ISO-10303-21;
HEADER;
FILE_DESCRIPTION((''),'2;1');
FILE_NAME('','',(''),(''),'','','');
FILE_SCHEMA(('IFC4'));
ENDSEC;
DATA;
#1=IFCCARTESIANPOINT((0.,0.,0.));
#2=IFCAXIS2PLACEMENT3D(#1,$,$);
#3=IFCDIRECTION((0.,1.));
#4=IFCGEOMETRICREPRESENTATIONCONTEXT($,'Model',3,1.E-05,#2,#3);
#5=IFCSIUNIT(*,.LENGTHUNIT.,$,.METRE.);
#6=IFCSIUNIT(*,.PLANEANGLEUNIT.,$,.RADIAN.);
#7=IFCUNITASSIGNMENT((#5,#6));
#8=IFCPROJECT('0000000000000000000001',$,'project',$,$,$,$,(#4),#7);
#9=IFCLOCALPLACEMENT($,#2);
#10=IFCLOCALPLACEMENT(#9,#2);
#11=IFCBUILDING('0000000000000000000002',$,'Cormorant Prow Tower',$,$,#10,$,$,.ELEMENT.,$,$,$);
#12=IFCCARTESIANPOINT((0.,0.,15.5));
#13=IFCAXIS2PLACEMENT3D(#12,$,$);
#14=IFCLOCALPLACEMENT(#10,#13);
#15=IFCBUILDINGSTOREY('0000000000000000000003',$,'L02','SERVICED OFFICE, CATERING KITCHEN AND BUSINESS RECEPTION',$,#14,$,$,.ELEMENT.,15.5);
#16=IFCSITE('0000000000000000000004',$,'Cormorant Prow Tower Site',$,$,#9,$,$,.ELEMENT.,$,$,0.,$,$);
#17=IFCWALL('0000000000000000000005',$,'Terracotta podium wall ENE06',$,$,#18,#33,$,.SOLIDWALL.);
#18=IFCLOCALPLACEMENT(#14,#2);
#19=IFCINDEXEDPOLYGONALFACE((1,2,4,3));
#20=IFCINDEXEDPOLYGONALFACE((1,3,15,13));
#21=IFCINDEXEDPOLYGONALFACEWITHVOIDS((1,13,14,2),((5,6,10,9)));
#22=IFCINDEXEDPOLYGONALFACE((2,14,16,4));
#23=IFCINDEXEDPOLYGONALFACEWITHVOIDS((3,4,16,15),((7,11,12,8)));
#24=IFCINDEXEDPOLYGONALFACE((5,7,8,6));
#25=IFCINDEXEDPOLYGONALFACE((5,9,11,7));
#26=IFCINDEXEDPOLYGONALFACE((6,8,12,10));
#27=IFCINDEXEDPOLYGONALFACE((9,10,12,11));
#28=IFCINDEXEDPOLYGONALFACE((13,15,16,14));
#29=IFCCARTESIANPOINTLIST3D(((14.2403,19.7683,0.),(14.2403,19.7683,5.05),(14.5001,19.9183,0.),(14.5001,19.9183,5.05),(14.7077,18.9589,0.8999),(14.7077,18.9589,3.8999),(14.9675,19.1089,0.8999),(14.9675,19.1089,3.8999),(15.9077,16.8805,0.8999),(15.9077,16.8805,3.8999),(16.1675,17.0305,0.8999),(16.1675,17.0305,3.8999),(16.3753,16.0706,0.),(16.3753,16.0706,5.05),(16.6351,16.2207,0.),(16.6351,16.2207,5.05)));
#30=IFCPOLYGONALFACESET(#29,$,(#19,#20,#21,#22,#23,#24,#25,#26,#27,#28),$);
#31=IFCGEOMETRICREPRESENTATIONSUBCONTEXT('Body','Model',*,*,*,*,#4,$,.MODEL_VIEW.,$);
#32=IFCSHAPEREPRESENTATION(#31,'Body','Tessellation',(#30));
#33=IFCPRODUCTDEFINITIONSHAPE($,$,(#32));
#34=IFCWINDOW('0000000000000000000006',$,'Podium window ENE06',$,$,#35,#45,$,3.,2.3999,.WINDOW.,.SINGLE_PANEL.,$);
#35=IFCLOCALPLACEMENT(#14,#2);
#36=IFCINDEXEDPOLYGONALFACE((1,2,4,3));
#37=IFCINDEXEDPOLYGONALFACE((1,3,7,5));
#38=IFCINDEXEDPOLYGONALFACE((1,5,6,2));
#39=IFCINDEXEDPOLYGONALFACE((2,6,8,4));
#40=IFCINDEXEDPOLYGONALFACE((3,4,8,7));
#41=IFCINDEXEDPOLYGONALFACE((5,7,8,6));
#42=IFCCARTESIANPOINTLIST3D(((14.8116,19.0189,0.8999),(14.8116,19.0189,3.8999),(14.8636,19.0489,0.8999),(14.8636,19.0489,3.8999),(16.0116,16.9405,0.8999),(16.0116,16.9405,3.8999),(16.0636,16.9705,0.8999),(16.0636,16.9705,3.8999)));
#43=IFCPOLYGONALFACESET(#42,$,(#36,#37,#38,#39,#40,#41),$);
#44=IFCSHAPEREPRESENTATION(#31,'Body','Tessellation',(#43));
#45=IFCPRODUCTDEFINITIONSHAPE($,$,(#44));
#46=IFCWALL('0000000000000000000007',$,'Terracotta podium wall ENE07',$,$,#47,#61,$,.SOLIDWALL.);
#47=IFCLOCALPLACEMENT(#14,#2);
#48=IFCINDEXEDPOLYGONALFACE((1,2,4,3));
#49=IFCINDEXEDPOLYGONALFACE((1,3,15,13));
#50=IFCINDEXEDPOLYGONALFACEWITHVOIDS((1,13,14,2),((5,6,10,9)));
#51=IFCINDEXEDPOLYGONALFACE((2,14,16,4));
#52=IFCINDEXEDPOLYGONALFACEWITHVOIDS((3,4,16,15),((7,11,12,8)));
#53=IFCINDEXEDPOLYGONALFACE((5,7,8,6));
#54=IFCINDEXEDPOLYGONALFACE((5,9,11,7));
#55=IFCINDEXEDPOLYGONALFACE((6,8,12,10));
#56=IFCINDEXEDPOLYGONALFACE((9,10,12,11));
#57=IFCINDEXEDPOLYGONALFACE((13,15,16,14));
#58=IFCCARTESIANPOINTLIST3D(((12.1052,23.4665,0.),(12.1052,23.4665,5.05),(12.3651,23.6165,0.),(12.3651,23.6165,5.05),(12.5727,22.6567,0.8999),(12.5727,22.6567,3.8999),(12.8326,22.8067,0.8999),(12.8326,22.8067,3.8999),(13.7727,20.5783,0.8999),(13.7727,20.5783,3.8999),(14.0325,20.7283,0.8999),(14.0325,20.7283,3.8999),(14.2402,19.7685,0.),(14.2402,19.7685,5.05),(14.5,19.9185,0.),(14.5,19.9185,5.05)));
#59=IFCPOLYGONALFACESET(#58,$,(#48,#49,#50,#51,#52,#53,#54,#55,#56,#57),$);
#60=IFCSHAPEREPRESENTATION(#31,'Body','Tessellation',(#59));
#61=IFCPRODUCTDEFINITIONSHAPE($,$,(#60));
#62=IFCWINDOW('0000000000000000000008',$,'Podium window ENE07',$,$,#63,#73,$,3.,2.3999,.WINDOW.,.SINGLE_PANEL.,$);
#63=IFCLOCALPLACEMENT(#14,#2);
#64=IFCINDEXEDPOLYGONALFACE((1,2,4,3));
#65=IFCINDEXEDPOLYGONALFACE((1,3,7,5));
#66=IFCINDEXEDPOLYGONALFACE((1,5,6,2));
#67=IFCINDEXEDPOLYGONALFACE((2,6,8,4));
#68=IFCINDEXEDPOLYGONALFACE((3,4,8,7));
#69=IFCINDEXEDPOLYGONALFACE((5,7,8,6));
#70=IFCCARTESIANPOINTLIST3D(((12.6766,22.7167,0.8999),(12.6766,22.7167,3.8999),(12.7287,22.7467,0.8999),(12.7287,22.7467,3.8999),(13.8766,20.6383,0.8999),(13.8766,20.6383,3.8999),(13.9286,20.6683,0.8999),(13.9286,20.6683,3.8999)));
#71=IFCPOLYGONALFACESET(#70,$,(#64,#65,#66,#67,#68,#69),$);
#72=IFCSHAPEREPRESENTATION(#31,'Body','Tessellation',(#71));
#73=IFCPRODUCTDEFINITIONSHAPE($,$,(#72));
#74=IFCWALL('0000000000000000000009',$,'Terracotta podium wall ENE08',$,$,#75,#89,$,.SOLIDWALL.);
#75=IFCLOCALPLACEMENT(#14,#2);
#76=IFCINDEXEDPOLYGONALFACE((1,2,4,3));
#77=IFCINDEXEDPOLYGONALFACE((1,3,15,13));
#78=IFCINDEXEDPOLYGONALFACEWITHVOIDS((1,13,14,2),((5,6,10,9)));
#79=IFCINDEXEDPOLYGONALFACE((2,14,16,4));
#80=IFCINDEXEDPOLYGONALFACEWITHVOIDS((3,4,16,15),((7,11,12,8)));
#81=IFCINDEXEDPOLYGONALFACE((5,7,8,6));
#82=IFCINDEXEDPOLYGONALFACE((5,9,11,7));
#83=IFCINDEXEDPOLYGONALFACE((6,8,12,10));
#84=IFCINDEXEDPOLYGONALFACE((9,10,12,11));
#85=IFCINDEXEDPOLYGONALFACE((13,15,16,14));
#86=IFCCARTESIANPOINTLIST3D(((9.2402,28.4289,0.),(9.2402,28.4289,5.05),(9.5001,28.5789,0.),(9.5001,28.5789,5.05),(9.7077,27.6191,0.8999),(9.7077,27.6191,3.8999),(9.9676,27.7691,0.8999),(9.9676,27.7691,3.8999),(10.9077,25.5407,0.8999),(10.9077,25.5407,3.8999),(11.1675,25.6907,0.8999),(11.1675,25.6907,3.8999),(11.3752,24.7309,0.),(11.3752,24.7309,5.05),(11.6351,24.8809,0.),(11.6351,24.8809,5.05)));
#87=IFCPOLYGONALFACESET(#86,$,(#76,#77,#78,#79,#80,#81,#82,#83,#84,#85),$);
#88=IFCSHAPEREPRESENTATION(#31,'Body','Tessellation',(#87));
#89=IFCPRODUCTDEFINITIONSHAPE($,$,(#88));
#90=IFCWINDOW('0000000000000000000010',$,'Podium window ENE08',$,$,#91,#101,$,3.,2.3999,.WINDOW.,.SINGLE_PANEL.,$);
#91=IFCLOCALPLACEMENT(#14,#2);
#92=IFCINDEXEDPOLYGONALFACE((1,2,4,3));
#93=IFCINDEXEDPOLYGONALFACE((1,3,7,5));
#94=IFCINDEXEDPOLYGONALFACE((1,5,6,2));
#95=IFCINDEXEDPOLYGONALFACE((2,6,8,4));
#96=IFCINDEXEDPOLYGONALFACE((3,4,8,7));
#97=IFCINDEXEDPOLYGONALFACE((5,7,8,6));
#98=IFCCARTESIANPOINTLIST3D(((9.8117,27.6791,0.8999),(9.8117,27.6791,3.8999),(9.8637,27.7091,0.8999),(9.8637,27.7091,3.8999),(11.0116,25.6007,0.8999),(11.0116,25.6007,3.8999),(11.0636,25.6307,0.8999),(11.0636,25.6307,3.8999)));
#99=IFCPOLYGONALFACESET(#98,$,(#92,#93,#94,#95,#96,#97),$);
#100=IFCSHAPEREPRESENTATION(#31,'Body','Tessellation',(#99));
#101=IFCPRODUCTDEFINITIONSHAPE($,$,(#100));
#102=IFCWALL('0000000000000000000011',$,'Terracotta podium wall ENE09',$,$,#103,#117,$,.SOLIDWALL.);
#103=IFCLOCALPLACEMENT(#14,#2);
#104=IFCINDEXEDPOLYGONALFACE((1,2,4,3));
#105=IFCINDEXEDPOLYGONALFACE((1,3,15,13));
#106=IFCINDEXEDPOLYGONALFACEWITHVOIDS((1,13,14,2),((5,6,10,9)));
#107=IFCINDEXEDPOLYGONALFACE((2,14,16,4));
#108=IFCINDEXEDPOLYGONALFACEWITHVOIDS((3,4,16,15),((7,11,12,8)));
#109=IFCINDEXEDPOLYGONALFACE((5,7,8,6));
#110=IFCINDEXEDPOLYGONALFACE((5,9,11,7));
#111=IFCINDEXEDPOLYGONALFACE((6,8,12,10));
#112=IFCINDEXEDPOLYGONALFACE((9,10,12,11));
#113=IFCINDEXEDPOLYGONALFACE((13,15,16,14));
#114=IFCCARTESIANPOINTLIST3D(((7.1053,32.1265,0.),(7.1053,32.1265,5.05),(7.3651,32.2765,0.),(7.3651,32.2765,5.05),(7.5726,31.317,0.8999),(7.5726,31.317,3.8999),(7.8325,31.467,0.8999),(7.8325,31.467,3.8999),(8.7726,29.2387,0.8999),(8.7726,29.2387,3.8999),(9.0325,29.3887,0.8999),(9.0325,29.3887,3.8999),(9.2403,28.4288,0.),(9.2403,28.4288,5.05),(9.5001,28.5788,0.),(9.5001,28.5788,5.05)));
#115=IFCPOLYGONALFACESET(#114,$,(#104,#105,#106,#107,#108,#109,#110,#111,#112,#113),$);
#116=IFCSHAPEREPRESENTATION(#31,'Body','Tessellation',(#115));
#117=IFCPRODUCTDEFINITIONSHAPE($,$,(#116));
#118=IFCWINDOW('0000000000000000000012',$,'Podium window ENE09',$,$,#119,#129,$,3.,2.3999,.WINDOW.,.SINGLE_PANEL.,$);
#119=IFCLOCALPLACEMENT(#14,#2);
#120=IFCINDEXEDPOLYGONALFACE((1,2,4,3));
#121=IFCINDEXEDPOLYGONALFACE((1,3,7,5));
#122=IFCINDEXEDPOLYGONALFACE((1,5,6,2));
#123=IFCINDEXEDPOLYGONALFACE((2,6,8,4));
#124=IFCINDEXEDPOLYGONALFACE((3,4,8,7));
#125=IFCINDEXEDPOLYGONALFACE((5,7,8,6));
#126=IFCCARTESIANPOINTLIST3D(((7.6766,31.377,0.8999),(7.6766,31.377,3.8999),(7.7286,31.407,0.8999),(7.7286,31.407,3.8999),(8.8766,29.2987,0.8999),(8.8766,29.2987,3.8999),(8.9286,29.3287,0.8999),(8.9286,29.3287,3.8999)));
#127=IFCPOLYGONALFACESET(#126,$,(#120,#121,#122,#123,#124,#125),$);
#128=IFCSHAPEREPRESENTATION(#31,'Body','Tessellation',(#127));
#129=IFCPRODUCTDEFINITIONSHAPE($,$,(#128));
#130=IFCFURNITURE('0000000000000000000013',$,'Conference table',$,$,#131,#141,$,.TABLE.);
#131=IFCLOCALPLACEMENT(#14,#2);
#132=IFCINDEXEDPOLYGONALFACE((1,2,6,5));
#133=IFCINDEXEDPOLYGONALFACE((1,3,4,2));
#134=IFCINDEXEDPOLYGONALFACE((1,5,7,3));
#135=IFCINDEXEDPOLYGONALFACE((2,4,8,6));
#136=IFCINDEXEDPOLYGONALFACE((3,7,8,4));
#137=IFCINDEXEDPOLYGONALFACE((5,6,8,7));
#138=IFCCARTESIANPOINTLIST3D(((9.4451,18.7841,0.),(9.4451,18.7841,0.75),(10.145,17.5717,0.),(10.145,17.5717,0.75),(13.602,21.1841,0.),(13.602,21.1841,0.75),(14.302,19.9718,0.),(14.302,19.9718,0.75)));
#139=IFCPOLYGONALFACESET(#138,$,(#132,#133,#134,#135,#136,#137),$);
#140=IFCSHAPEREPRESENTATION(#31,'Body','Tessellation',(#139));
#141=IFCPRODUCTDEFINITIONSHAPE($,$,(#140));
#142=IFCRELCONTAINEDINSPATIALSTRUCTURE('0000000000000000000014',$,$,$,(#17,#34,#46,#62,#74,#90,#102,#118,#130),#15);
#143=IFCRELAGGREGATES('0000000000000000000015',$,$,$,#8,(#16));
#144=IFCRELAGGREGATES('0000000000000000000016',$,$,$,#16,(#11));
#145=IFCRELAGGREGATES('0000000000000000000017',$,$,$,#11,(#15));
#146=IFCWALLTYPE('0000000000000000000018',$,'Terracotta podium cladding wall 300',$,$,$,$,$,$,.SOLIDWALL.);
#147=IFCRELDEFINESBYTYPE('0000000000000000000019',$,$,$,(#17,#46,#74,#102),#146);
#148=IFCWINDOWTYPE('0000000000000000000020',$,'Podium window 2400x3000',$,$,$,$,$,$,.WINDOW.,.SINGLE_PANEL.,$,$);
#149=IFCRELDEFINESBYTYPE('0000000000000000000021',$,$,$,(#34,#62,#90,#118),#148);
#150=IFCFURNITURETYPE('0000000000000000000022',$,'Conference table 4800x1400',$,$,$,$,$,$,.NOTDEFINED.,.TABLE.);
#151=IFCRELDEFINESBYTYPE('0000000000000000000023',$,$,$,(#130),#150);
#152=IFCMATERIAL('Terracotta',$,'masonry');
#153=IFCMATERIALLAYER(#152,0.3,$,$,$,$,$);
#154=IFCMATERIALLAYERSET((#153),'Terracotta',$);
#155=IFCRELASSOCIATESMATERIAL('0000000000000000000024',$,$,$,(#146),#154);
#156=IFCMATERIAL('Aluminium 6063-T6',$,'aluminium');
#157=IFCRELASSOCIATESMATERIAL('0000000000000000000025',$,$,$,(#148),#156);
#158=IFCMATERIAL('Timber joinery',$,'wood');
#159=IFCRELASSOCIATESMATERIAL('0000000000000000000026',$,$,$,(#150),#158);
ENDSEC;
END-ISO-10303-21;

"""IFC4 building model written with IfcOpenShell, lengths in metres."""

from ifc_helpers import new_model, si_unit, direction, frame, frame_2d, origin, origin_2d, place, context, subcontext, project, spatial, rectangle, extrude, material, layer, layer_set, type_object, element, fill, save


model = new_model("IFC4")

# Units and contexts
model_context = context("Model", 3, precision=1e-05, world=origin(), true_north=direction((0.0, 1.0)))
body_context = subcontext(model_context, "Body", "Model", "MODEL_VIEW")
ifc_project = project(units=[si_unit("LENGTHUNIT", "METRE"), si_unit("PLANEANGLEUNIT", "RADIAN")], contexts=[model_context])

# Site, building, storey
site_placement = place(None, origin())
site = spatial("IfcSite", under=ifc_project, at=site_placement, Name="Cormorant Prow Tower Site", CompositionType="ELEMENT", RefElevation=0.0)
building_placement = place(site_placement, origin())
building = spatial("IfcBuilding", under=site, at=building_placement, Name="Cormorant Prow Tower", CompositionType="ELEMENT")
storey_placement = place(building_placement, frame((0.0, 0.0, 15.5)))
storey = spatial("IfcBuildingStorey", under=building, at=storey_placement, Name="L02", Description="SERVICED OFFICE, CATERING KITCHEN AND BUSINESS RECEPTION", CompositionType="ELEMENT", Elevation=15.5)

# Walls, openings, windows
ifc_material_1 = material(Name="Terracotta", Category="masonry")
ifc_layer_1 = layer(ifc_material_1, 0.3)
ifc_layer_set_1 = layer_set([ifc_layer_1], Name="Terracotta")
wall_type_1 = type_object("IfcWallType", Name="Terracotta podium cladding wall 300", PredefinedType="SOLIDWALL", material=ifc_layer_set_1)
wall_1_placement = place(storey_placement, frame((16.5051, 16.1458, 0.0), z_axis=(0.0, 0.0, 1.0), x_axis=(-0.500019, 0.866014, 0.0)))
wall_1 = element("IfcWall", 1, at=wall_1_placement, inside=storey, type_object=wall_type_1, Name="Terracotta podium wall ENE06", PredefinedType="SOLIDWALL", context=body_context, shape_type="SweptSolid", body=[
    extrude(rectangle(XDim=4.2698, YDim=0.3, at=frame_2d((2.1348, 0.0))), origin(), (0.0, 0.0, 1.0), 5.05),
])
opening_1_placement = place(wall_1_placement, frame((0.9351, 0.0, 0.8999)))
opening_1 = element("IfcOpeningElement", 2, at=opening_1_placement, cuts=wall_1, PredefinedType="OPENING", context=body_context, shape_type="SweptSolid", body=[
    extrude(rectangle(XDim=2.3999, YDim=3.0, at=frame_2d((1.2, 1.5))), frame((0.0, 0.1599, 0.0), z_axis=(0.0, -1.0, 0.0), x_axis=(1.0, 0.0, 0.0)), (0.0, 0.0, 1.0), 0.3201),
])
ifc_material_2 = material(Name="Aluminium 6063-T6", Category="aluminium")
window_type = type_object("IfcWindowType", Name="Podium window 2400x3000", PartitioningType="SINGLE_PANEL", PredefinedType="WINDOW", material=ifc_material_2)
window_1_placement = place(opening_1_placement, origin())
window_1 = element("IfcWindow", 3, at=window_1_placement, inside=storey, type_object=window_type, Name="Podium window ENE06", OverallHeight=3.0, OverallWidth=2.3999, PartitioningType="SINGLE_PANEL", PredefinedType="WINDOW", context=body_context, shape_type="SweptSolid", body=[
    extrude(rectangle(XDim=2.3999, YDim=3.0, at=frame_2d((1.2, 1.5))), frame((0.0, 0.03, 0.0), z_axis=(0.0, -1.0, 0.0), x_axis=(1.0, 0.0, 0.0)), (0.0, 0.0, 1.0), 0.0601),
])
fill(opening_1, window_1)
wall_2_placement = place(storey_placement, frame((14.3701, 19.8435, 0.0), z_axis=(0.0, 0.0, 1.0), x_axis=(-0.499995, 0.866028, 0.0)))
wall_2 = element("IfcWall", 4, at=wall_2_placement, inside=storey, type_object=wall_type_1, Name="Terracotta podium wall ENE07", PredefinedType="SOLIDWALL", context=body_context, shape_type="SweptSolid", body=[
    extrude(rectangle(XDim=4.27, YDim=0.3, at=frame_2d((2.135, 0.0))), origin(), (0.0, 0.0, 1.0), 5.05),
])
opening_2_placement = place(wall_2_placement, frame((0.9351, 0.0, 0.8999)))
opening_2 = element("IfcOpeningElement", 5, at=opening_2_placement, cuts=wall_2, PredefinedType="OPENING", context=body_context, shape_type="SweptSolid", body=[
    extrude(rectangle(XDim=2.3999, YDim=3.0, at=frame_2d((1.2, 1.5))), frame((0.0, 0.1599, 0.0), z_axis=(0.0, -1.0, 0.0), x_axis=(1.0, 0.0, 0.0)), (0.0, 0.0, 1.0), 0.3201),
])
window_2_placement = place(opening_2_placement, origin())
window_2 = element("IfcWindow", 6, at=window_2_placement, inside=storey, type_object=window_type, Name="Podium window ENE07", OverallHeight=3.0, OverallWidth=2.3999, PartitioningType="SINGLE_PANEL", PredefinedType="WINDOW", context=body_context, shape_type="SweptSolid", body=[
    extrude(rectangle(XDim=2.3999, YDim=3.0, at=frame_2d((1.2, 1.5))), frame((0.0, 0.03, 0.0), z_axis=(0.0, -1.0, 0.0), x_axis=(1.0, 0.0, 0.0)), (0.0, 0.0, 1.0), 0.0601),
])
fill(opening_2, window_2)
wall_3_placement = place(storey_placement, frame((11.5051, 24.8059, 0.0), z_axis=(0.0, 0.0, 1.0), x_axis=(-0.499995, 0.866028, 0.0)))
wall_3 = element("IfcWall", 7, at=wall_3_placement, inside=storey, type_object=wall_type_1, Name="Terracotta podium wall ENE08", PredefinedType="SOLIDWALL", context=body_context, shape_type="SweptSolid", body=[
    extrude(rectangle(XDim=4.27, YDim=0.3, at=frame_2d((2.135, 0.0))), origin(), (0.0, 0.0, 1.0), 5.05),
])
opening_3_placement = place(wall_3_placement, frame((0.9351, 0.0, 0.8999)))
opening_3 = element("IfcOpeningElement", 8, at=opening_3_placement, cuts=wall_3, PredefinedType="OPENING", context=body_context, shape_type="SweptSolid", body=[
    extrude(rectangle(XDim=2.3999, YDim=3.0, at=frame_2d((1.2, 1.5))), frame((0.0, 0.1599, 0.0), z_axis=(0.0, -1.0, 0.0), x_axis=(1.0, 0.0, 0.0)), (0.0, 0.0, 1.0), 0.3201),
])
window_3_placement = place(opening_3_placement, origin())
window_3 = element("IfcWindow", 9, at=window_3_placement, inside=storey, type_object=window_type, Name="Podium window ENE08", OverallHeight=3.0, OverallWidth=2.3999, PartitioningType="SINGLE_PANEL", PredefinedType="WINDOW", context=body_context, shape_type="SweptSolid", body=[
    extrude(rectangle(XDim=2.3999, YDim=3.0, at=frame_2d((1.2, 1.5))), frame((0.0, 0.03, 0.0), z_axis=(0.0, -1.0, 0.0), x_axis=(1.0, 0.0, 0.0)), (0.0, 0.0, 1.0), 0.0601),
])
fill(opening_3, window_3)
wall_4_placement = place(storey_placement, frame((9.3701, 28.5039, 0.0), z_axis=(0.0, 0.0, 1.0), x_axis=(-0.500019, 0.866014, 0.0)))
wall_4 = element("IfcWall", 10, at=wall_4_placement, inside=storey, type_object=wall_type_1, Name="Terracotta podium wall ENE09", PredefinedType="SOLIDWALL", context=body_context, shape_type="SweptSolid", body=[
    extrude(rectangle(XDim=4.2698, YDim=0.3, at=frame_2d((2.1348, 0.0))), origin(), (0.0, 0.0, 1.0), 5.05),
])
opening_4_placement = place(wall_4_placement, frame((0.9351, 0.0, 0.8999)))
opening_4 = element("IfcOpeningElement", 11, at=opening_4_placement, cuts=wall_4, PredefinedType="OPENING", context=body_context, shape_type="SweptSolid", body=[
    extrude(rectangle(XDim=2.3999, YDim=3.0, at=frame_2d((1.2, 1.5))), frame((0.0, 0.1599, 0.0), z_axis=(0.0, -1.0, 0.0), x_axis=(1.0, 0.0, 0.0)), (0.0, 0.0, 1.0), 0.3201),
])
window_4_placement = place(opening_4_placement, origin())
window_4 = element("IfcWindow", 12, at=window_4_placement, inside=storey, type_object=window_type, Name="Podium window ENE09", OverallHeight=3.0, OverallWidth=2.3999, PartitioningType="SINGLE_PANEL", PredefinedType="WINDOW", context=body_context, shape_type="SweptSolid", body=[
    extrude(rectangle(XDim=2.3999, YDim=3.0, at=frame_2d((1.2, 1.5))), frame((0.0, 0.03, 0.0), z_axis=(0.0, -1.0, 0.0), x_axis=(1.0, 0.0, 0.0)), (0.0, 0.0, 1.0), 0.0601),
])
fill(opening_4, window_4)

# Furniture
ifc_material_3 = material(Name="Timber joinery", Category="wood")
furniture_type = type_object("IfcFurnitureType", Name="Conference table 4800x1400", AssemblyPlace="NOTDEFINED", PredefinedType="TABLE", material=ifc_material_3)
furniture_placement = place(storey_placement, frame((11.8735, 19.3779, 0.0), z_axis=(0.0, 0.0, 1.0), x_axis=(-0.866025, -0.5, 0.0)))
element("IfcFurniture", 13, at=furniture_placement, inside=storey, type_object=furniture_type, Name="Conference table", PredefinedType="TABLE", context=body_context, shape_type="SweptSolid", body=[
    extrude(rectangle(XDim=4.8, YDim=1.3999, at=origin_2d()), origin(), (0.0, 0.0, 1.0), 0.75),
])

save(model, "model.ifc")
